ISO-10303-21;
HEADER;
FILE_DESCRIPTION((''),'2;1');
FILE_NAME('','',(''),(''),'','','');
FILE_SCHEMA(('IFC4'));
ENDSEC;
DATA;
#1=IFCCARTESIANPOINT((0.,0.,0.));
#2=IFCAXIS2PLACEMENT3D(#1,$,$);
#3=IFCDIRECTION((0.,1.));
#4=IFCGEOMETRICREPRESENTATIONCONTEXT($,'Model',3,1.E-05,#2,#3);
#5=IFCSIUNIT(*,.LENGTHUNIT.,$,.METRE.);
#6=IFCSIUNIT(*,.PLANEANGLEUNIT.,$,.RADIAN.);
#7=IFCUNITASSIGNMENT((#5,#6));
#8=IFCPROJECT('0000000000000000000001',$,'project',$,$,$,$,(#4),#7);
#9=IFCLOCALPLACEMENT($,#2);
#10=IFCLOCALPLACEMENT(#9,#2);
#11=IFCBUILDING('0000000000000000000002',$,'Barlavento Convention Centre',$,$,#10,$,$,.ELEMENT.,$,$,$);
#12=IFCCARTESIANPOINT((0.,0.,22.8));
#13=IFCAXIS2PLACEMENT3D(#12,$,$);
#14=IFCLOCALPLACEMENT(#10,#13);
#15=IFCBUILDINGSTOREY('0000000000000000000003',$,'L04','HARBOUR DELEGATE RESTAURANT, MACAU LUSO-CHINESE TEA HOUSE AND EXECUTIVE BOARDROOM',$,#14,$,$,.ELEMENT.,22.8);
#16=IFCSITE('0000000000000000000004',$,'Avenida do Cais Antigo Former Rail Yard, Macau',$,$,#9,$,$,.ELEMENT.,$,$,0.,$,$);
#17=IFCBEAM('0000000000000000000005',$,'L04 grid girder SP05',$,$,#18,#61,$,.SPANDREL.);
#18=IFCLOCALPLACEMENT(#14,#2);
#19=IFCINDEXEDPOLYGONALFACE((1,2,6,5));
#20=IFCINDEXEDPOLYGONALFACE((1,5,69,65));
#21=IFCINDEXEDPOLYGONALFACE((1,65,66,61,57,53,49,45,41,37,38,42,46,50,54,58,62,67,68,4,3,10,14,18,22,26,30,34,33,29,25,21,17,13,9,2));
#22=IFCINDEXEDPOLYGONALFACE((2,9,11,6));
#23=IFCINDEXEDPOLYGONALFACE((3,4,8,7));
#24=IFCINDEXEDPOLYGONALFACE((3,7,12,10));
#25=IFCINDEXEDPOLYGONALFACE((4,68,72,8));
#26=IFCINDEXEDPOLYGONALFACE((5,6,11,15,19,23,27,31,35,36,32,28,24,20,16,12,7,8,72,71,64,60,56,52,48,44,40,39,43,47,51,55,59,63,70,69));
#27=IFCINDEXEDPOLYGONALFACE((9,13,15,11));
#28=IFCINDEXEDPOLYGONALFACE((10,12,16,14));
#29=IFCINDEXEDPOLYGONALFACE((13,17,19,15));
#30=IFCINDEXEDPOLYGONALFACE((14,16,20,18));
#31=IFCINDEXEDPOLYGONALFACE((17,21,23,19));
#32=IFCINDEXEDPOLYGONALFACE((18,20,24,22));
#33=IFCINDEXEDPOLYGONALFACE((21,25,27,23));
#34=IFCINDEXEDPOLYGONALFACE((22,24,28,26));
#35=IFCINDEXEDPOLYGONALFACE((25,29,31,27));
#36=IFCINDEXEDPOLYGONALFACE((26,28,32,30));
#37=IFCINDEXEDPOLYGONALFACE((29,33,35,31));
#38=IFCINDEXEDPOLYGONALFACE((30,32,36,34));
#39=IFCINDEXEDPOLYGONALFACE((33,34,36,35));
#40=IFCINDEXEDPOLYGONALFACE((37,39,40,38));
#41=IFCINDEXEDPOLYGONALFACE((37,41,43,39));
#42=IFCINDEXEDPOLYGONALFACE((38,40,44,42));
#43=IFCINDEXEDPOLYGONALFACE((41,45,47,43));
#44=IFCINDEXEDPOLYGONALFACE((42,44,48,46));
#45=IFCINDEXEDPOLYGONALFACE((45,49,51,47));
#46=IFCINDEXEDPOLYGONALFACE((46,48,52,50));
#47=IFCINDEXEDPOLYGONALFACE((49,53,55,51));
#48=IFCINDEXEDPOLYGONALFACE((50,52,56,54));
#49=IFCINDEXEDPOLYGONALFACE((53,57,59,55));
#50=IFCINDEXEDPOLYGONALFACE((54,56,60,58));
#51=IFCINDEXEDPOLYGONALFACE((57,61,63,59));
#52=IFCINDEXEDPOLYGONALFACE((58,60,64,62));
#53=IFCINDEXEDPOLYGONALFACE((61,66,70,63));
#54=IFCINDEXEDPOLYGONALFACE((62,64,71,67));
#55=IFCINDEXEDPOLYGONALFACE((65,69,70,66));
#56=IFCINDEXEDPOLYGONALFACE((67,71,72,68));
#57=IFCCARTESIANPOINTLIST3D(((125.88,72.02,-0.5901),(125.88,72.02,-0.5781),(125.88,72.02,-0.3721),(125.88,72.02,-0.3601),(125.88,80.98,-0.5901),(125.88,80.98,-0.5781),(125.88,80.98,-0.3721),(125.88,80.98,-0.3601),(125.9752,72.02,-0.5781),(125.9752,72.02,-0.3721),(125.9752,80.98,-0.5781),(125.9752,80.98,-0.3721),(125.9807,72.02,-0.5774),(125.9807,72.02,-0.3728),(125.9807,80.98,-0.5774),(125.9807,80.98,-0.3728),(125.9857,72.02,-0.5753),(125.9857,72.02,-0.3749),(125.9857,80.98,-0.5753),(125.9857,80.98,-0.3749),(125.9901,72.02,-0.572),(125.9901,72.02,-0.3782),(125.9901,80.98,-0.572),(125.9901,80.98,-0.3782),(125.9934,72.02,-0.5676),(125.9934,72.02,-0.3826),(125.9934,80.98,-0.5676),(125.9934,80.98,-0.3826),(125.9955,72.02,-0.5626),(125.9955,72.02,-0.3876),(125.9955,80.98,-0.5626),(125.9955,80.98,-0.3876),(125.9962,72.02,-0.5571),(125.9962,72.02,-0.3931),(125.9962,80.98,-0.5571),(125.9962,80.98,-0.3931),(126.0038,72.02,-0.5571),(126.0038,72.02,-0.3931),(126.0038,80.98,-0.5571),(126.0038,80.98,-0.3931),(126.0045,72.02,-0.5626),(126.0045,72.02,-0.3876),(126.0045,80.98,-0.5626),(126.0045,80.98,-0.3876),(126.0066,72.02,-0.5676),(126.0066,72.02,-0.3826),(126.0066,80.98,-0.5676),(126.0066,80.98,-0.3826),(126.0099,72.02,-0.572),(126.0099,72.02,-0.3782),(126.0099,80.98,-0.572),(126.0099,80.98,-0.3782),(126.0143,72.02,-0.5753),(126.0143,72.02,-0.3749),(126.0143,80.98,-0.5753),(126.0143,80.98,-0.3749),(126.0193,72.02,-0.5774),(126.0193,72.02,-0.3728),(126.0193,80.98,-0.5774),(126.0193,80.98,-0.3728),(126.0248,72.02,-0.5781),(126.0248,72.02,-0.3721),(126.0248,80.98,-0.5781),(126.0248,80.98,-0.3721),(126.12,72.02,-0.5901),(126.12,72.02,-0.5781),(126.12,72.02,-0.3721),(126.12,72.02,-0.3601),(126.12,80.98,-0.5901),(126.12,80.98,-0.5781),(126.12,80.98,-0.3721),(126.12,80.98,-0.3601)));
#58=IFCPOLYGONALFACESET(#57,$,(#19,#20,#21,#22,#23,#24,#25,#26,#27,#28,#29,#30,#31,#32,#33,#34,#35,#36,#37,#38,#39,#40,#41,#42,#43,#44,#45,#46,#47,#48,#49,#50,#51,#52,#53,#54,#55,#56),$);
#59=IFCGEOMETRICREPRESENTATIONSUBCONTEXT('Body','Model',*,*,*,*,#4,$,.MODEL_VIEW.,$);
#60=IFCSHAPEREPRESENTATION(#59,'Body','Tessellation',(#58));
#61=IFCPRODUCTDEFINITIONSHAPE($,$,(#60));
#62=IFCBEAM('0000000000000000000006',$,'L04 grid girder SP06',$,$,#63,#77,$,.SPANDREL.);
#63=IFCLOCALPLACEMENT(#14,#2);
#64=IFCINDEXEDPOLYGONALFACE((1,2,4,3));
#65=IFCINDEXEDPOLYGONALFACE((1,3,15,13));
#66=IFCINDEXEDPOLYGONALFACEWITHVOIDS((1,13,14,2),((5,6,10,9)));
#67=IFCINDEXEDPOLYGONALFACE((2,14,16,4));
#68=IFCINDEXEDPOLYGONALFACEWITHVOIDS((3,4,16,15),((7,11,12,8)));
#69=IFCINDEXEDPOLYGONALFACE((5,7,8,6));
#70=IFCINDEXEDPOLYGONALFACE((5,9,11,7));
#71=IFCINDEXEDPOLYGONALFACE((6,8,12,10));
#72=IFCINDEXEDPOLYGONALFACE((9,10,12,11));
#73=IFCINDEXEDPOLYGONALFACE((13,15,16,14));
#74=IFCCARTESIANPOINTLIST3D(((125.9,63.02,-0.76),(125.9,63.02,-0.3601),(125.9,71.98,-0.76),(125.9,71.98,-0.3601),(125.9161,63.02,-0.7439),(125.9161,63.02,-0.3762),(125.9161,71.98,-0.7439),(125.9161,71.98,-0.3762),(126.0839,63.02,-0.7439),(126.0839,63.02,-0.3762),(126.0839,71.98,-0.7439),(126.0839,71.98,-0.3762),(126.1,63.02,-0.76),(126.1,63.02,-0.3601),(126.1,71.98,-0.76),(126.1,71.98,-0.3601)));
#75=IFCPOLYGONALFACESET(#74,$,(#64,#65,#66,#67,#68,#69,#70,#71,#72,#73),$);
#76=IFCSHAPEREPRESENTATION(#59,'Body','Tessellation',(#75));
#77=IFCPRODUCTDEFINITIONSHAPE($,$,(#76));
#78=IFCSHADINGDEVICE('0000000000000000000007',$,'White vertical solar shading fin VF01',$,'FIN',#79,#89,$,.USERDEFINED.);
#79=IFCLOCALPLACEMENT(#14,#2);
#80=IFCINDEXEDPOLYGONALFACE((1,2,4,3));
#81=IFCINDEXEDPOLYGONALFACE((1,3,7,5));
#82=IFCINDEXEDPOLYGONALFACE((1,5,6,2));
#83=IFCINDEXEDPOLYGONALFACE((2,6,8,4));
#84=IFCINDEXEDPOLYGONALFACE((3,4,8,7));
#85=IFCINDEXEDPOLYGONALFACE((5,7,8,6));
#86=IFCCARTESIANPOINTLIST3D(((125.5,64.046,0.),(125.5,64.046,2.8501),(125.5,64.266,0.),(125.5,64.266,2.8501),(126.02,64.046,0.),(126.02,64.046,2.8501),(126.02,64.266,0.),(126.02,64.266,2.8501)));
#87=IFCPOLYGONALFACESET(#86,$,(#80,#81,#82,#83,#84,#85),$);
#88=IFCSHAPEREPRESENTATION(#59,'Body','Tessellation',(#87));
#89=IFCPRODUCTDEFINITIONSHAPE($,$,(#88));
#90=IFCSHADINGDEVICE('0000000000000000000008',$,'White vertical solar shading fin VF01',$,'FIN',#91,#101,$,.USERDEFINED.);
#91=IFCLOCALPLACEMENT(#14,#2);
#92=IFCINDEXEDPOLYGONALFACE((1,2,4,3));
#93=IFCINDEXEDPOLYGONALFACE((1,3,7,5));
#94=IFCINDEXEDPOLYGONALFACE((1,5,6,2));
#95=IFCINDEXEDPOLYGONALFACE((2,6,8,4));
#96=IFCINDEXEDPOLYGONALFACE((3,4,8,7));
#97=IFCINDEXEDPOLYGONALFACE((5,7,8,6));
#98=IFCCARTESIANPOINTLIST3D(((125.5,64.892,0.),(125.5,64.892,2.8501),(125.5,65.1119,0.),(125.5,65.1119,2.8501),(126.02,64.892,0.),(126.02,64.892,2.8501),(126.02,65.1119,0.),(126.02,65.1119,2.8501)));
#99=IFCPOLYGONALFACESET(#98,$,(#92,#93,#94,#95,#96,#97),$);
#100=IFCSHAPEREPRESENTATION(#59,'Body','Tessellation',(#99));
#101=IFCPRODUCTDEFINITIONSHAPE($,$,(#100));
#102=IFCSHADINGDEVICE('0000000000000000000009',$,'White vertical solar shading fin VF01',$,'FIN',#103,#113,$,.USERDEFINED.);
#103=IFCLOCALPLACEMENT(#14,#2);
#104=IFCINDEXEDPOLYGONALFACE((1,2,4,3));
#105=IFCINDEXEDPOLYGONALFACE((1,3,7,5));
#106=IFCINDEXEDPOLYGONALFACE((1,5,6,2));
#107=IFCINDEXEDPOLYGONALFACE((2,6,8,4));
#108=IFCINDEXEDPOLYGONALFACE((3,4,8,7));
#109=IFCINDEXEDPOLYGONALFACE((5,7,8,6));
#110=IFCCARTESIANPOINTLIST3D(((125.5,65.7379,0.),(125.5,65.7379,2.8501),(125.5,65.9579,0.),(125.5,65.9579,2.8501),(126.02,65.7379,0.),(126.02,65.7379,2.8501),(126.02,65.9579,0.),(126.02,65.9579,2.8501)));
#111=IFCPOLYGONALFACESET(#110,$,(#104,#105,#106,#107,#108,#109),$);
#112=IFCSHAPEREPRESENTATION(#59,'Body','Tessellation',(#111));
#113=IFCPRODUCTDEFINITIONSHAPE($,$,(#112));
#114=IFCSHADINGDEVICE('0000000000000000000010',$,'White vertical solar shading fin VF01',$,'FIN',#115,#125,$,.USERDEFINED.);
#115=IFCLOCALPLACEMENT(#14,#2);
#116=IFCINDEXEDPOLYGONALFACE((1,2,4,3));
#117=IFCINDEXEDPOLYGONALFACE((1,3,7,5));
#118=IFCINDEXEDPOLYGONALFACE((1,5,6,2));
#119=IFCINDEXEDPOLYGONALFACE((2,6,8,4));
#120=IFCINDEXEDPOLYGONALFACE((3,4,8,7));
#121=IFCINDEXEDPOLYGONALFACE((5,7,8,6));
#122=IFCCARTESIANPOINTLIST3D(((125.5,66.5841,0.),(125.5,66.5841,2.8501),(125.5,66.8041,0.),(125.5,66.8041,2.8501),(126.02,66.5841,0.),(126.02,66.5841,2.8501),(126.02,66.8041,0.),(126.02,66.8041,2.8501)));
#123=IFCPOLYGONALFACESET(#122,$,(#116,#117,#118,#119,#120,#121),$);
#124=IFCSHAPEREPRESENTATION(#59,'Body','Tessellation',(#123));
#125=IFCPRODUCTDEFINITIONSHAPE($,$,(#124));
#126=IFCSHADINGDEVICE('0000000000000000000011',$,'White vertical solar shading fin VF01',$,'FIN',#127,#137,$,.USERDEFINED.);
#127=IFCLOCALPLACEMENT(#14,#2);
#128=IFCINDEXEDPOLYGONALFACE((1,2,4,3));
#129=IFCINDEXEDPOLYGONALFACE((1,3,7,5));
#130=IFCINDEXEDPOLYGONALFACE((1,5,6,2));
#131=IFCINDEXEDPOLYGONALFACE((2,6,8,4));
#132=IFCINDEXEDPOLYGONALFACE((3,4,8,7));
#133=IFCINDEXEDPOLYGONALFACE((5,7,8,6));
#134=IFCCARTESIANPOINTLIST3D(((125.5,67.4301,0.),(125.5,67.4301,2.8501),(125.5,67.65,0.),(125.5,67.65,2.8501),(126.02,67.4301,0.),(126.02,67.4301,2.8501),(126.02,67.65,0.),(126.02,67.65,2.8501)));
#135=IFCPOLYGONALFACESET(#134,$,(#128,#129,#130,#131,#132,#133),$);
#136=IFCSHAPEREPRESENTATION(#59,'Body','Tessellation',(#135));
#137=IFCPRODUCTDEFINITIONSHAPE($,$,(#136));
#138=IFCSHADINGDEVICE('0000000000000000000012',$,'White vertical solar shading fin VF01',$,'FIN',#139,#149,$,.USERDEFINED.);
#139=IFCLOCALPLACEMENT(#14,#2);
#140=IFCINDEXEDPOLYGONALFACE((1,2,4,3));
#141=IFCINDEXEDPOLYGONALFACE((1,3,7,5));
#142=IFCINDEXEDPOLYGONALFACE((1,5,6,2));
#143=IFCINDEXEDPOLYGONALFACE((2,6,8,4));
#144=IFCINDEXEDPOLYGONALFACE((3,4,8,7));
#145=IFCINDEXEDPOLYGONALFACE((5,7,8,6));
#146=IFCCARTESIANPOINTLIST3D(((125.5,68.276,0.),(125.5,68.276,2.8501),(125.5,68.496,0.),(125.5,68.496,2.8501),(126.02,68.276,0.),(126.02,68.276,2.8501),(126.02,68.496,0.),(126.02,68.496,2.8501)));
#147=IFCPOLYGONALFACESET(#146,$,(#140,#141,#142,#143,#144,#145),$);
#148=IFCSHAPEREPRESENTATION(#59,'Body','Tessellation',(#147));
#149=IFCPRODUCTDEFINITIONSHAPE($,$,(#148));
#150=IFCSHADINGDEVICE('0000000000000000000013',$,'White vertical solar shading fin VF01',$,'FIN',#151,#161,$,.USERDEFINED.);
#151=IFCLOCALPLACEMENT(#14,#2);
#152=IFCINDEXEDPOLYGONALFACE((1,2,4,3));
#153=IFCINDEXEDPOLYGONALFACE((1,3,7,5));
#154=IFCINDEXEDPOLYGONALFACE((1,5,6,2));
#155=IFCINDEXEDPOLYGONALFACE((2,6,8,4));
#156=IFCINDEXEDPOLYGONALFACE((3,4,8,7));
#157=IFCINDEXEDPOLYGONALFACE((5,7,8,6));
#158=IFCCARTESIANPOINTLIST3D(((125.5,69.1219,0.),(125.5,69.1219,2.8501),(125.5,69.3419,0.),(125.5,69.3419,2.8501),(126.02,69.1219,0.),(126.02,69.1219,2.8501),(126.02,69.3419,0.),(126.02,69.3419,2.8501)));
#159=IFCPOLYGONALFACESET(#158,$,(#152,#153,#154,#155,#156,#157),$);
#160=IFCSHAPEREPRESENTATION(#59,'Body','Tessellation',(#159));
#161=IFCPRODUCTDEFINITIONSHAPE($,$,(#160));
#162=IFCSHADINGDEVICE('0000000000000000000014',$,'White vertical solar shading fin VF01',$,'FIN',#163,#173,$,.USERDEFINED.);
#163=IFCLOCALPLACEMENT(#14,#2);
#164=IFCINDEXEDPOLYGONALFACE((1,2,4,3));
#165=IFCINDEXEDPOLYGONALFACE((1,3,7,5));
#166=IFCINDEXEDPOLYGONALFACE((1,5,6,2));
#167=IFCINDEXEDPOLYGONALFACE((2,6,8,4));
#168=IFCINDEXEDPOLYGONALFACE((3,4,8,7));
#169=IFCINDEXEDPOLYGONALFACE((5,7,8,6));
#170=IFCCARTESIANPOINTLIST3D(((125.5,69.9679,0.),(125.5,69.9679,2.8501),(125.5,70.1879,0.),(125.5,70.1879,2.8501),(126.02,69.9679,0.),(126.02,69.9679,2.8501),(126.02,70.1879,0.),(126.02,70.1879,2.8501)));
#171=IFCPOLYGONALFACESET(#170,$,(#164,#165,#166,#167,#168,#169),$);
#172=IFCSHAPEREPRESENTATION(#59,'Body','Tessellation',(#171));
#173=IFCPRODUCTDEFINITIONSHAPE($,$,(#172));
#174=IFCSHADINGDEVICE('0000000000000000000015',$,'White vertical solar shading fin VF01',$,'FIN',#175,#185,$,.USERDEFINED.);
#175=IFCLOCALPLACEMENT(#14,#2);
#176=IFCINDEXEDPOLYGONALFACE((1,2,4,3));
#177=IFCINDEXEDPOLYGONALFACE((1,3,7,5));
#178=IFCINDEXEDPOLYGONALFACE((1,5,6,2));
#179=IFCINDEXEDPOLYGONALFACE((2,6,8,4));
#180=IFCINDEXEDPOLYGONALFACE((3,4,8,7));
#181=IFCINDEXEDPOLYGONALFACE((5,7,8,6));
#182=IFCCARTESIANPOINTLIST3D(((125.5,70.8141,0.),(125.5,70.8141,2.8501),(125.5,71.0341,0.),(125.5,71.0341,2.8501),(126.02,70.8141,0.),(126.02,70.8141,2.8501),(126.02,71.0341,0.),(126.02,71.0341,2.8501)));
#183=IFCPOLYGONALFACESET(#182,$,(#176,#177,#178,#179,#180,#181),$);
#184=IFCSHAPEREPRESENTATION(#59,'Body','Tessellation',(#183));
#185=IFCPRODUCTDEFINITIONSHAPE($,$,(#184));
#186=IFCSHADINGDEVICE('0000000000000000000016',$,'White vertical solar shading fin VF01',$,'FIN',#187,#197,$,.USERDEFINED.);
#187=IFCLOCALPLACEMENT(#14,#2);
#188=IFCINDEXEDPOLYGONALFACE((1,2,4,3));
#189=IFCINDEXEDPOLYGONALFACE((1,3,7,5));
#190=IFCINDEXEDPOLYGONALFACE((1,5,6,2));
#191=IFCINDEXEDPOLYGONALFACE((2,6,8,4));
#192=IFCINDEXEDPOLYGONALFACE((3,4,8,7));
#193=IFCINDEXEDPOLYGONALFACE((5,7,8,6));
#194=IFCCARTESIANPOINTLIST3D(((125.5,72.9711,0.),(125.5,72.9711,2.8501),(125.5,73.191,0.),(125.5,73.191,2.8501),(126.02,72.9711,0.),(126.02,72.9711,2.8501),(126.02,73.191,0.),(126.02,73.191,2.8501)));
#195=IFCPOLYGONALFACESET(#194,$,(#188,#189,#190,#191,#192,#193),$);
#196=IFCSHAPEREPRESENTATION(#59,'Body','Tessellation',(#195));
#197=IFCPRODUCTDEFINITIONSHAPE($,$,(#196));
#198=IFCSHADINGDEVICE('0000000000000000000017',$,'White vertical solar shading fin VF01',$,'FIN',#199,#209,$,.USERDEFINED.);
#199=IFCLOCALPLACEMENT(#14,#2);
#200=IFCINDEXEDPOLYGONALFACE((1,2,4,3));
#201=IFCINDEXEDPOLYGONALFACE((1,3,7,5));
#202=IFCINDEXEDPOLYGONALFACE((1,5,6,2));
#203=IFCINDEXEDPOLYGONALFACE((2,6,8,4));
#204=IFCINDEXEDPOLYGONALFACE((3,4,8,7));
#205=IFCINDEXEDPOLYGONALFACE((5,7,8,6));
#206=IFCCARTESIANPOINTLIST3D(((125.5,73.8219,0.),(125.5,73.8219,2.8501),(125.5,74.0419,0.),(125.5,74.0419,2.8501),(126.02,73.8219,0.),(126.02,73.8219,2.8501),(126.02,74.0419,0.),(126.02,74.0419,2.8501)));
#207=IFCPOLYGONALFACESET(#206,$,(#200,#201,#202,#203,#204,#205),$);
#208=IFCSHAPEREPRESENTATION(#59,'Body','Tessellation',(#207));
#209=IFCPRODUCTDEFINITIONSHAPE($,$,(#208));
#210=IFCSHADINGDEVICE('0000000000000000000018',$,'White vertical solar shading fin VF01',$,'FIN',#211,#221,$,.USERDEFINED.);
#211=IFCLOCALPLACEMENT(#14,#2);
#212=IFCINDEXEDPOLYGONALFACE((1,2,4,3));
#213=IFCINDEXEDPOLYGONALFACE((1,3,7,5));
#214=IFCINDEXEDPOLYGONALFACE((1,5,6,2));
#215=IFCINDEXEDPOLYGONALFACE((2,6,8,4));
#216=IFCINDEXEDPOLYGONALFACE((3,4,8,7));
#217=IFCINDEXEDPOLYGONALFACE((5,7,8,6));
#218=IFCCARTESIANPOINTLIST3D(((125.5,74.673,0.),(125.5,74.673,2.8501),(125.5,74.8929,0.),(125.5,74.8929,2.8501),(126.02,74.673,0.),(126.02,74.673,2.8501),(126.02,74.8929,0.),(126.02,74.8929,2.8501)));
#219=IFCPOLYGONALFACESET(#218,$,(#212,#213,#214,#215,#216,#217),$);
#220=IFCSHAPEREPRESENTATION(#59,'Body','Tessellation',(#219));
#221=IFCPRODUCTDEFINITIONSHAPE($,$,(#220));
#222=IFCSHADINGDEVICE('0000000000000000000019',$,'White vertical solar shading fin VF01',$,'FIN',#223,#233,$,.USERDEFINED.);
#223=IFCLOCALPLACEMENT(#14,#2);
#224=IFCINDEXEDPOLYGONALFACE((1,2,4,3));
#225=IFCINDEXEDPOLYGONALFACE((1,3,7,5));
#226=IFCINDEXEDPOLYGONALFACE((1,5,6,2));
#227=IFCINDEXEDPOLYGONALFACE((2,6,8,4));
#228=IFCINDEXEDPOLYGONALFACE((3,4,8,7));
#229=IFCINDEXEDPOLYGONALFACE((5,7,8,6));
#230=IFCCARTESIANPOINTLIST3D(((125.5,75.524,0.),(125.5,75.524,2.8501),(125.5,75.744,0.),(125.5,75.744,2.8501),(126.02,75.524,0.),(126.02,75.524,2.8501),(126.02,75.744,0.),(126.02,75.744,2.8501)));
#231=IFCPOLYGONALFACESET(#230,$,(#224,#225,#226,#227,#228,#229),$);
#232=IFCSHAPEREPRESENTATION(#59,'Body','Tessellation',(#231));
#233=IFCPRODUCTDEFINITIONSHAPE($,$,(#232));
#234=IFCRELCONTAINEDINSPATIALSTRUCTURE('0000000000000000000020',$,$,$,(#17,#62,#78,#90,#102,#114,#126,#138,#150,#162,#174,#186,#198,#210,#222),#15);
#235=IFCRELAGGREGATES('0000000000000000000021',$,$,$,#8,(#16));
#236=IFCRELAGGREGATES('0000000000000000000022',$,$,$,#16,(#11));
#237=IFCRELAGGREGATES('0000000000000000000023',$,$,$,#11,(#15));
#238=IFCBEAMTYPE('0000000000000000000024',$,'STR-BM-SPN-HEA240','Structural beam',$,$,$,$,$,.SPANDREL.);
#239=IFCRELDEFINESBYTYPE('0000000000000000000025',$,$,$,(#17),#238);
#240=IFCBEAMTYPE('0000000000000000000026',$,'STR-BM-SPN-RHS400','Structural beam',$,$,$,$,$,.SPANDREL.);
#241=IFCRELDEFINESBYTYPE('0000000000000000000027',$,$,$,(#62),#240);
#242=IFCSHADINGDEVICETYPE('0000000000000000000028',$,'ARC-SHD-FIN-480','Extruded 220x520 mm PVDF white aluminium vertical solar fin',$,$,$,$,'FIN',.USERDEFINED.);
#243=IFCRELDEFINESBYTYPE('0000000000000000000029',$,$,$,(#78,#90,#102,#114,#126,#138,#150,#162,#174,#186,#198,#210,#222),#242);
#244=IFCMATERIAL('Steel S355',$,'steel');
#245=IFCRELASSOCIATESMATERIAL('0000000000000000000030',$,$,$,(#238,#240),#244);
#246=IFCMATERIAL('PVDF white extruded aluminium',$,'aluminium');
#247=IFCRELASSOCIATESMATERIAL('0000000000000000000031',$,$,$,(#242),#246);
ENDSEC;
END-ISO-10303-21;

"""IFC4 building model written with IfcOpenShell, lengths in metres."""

from ifc_helpers import new_model, si_unit, direction, frame, origin, origin_2d, place, context, subcontext, project, spatial, rectangle, hollow_rectangle, i_section, extrude, material, material_profile, profile_set, type_object, element, save


model = new_model("IFC4")

# Units and contexts
model_context = context("Model", 3, precision=1e-05, world=origin(), true_north=direction((0.0, 1.0)))
body_context = subcontext(model_context, "Body", "Model", "MODEL_VIEW")
ifc_project = project(units=[si_unit("LENGTHUNIT", "METRE"), si_unit("PLANEANGLEUNIT", "RADIAN")], contexts=[model_context])

# Site, building, storey
site_placement = place(None, origin())
site = spatial("IfcSite", under=ifc_project, at=site_placement, Name="Avenida do Cais Antigo Former Rail Yard, Macau", CompositionType="ELEMENT", RefElevation=0.0)
building_placement = place(site_placement, origin())
building = spatial("IfcBuilding", under=site, at=building_placement, Name="Barlavento Convention Centre", CompositionType="ELEMENT")
storey_placement = place(building_placement, frame((0.0, 0.0, 22.8)))
storey = spatial("IfcBuildingStorey", under=building, at=storey_placement, Name="L04", Description="HARBOUR DELEGATE RESTAURANT, MACAU LUSO-CHINESE TEA HOUSE AND EXECUTIVE BOARDROOM", CompositionType="ELEMENT", Elevation=22.8)

# Shared definitions
ifc_material_1 = material(Name="Steel S355", Category="steel")

# Beams
ifc_material_profile_1 = material_profile(ifc_material_1, i_section(OverallWidth=0.24, OverallDepth=0.23, WebThickness=0.0076, FlangeThickness=0.012, FilletRadius=0.021, at=origin_2d()), Name="HEA 240")
ifc_profile_set_1 = profile_set([ifc_material_profile_1], Name="Steel S355")
beam_type_1 = type_object("IfcBeamType", Name="STR-BM-SPN-HEA240", Description="Structural beam", PredefinedType="SPANDREL", material=ifc_profile_set_1)
beam_1_placement = place(storey_placement, frame((126.0, 72.02, -0.4751), z_axis=(0.0, 1.0, 0.0), x_axis=(-1.0, 0.0, 0.0)))
element("IfcBeam", 1, at=beam_1_placement, inside=storey, type_object=beam_type_1, Name="L04 grid girder SP05", PredefinedType="SPANDREL", context=body_context, shape_type="SweptSolid", body=[
    extrude(i_section(OverallWidth=0.24, OverallDepth=0.23, WebThickness=0.0076, FlangeThickness=0.012, FilletRadius=0.021, at=origin_2d()), origin(), (0.0, 0.0, 1.0), 8.96),
])
ifc_material_profile_2 = material_profile(ifc_material_1, hollow_rectangle(XDim=0.2, YDim=0.3999, WallThickness=0.0161, at=origin_2d()), Name="RHS 400x200x16.0")
ifc_profile_set_2 = profile_set([ifc_material_profile_2], Name="Steel S355")
beam_type_2 = type_object("IfcBeamType", Name="STR-BM-SPN-RHS400", Description="Structural beam", PredefinedType="SPANDREL", material=ifc_profile_set_2)
beam_2_placement = place(storey_placement, frame((126.0, 63.02, -0.5601), z_axis=(0.0, 1.0, 0.0), x_axis=(-1.0, 0.0, 0.0)))
element("IfcBeam", 2, at=beam_2_placement, inside=storey, type_object=beam_type_2, Name="L04 grid girder SP06", PredefinedType="SPANDREL", context=body_context, shape_type="SweptSolid", body=[
    extrude(hollow_rectangle(XDim=0.2, YDim=0.3999, WallThickness=0.0161, at=origin_2d()), origin(), (0.0, 0.0, 1.0), 8.96),
])

# Shading devices
ifc_material_2 = material(Name="PVDF white extruded aluminium", Category="aluminium")
shading_device_type = type_object("IfcShadingDeviceType", Name="ARC-SHD-FIN-480", Description="Extruded 220x520 mm PVDF white aluminium vertical solar fin", ElementType="FIN", PredefinedType="USERDEFINED", material=ifc_material_2)
for number, where, z_axis, x_axis, name in (
    (3, (125.76, 64.156, 0.0), (0.0, 0.0, 1.0), (0.0, 1.0, 0.0), "White vertical solar shading fin VF01"),
    (4, (125.76, 65.002, 0.0), (0.0, 0.0, 1.0), (0.0, 1.0, 0.0), "White vertical solar shading fin VF01"),
    (5, (125.76, 65.8479, 0.0), (0.0, 0.0, 1.0), (0.0, 1.0, 0.0), "White vertical solar shading fin VF01"),
    (6, (125.76, 66.6941, 0.0), (0.0, 0.0, 1.0), (0.0, 1.0, 0.0), "White vertical solar shading fin VF01"),
    (7, (125.76, 67.54, 0.0), (0.0, 0.0, 1.0), (0.0, 1.0, 0.0), "White vertical solar shading fin VF01"),
    (8, (125.76, 68.386, 0.0), (0.0, 0.0, 1.0), (0.0, 1.0, 0.0), "White vertical solar shading fin VF01"),
    (9, (125.76, 69.2319, 0.0), (0.0, 0.0, 1.0), (0.0, 1.0, 0.0), "White vertical solar shading fin VF01"),
    (10, (125.76, 70.0779, 0.0), (0.0, 0.0, 1.0), (0.0, 1.0, 0.0), "White vertical solar shading fin VF01"),
    (11, (125.76, 70.9241, 0.0), (0.0, 0.0, 1.0), (0.0, 1.0, 0.0), "White vertical solar shading fin VF01"),
    (12, (125.76, 73.0811, 0.0), (0.0, 0.0, 1.0), (0.0, 1.0, 0.0), "White vertical solar shading fin VF01"),
    (13, (125.76, 73.9319, 0.0), (0.0, 0.0, 1.0), (0.0, 1.0, 0.0), "White vertical solar shading fin VF01"),
    (14, (125.76, 74.783, 0.0), (0.0, 0.0, 1.0), (0.0, 1.0, 0.0), "White vertical solar shading fin VF01"),
    (15, (125.76, 75.634, 0.0), (0.0, 0.0, 1.0), (0.0, 1.0, 0.0), "White vertical solar shading fin VF01"),
):
    element("IfcShadingDevice", number, at=place(storey_placement, frame(where, z_axis=z_axis, x_axis=x_axis)), inside=storey, type_object=shading_device_type, Name=name, ObjectType="FIN", PredefinedType="USERDEFINED", context=body_context, shape_type="SweptSolid", body=[
        extrude(rectangle(XDim=0.22, YDim=0.52, at=origin_2d()), origin(), (0.0, 0.0, 1.0), 2.8501),
    ])

save(model, "model.ifc")
